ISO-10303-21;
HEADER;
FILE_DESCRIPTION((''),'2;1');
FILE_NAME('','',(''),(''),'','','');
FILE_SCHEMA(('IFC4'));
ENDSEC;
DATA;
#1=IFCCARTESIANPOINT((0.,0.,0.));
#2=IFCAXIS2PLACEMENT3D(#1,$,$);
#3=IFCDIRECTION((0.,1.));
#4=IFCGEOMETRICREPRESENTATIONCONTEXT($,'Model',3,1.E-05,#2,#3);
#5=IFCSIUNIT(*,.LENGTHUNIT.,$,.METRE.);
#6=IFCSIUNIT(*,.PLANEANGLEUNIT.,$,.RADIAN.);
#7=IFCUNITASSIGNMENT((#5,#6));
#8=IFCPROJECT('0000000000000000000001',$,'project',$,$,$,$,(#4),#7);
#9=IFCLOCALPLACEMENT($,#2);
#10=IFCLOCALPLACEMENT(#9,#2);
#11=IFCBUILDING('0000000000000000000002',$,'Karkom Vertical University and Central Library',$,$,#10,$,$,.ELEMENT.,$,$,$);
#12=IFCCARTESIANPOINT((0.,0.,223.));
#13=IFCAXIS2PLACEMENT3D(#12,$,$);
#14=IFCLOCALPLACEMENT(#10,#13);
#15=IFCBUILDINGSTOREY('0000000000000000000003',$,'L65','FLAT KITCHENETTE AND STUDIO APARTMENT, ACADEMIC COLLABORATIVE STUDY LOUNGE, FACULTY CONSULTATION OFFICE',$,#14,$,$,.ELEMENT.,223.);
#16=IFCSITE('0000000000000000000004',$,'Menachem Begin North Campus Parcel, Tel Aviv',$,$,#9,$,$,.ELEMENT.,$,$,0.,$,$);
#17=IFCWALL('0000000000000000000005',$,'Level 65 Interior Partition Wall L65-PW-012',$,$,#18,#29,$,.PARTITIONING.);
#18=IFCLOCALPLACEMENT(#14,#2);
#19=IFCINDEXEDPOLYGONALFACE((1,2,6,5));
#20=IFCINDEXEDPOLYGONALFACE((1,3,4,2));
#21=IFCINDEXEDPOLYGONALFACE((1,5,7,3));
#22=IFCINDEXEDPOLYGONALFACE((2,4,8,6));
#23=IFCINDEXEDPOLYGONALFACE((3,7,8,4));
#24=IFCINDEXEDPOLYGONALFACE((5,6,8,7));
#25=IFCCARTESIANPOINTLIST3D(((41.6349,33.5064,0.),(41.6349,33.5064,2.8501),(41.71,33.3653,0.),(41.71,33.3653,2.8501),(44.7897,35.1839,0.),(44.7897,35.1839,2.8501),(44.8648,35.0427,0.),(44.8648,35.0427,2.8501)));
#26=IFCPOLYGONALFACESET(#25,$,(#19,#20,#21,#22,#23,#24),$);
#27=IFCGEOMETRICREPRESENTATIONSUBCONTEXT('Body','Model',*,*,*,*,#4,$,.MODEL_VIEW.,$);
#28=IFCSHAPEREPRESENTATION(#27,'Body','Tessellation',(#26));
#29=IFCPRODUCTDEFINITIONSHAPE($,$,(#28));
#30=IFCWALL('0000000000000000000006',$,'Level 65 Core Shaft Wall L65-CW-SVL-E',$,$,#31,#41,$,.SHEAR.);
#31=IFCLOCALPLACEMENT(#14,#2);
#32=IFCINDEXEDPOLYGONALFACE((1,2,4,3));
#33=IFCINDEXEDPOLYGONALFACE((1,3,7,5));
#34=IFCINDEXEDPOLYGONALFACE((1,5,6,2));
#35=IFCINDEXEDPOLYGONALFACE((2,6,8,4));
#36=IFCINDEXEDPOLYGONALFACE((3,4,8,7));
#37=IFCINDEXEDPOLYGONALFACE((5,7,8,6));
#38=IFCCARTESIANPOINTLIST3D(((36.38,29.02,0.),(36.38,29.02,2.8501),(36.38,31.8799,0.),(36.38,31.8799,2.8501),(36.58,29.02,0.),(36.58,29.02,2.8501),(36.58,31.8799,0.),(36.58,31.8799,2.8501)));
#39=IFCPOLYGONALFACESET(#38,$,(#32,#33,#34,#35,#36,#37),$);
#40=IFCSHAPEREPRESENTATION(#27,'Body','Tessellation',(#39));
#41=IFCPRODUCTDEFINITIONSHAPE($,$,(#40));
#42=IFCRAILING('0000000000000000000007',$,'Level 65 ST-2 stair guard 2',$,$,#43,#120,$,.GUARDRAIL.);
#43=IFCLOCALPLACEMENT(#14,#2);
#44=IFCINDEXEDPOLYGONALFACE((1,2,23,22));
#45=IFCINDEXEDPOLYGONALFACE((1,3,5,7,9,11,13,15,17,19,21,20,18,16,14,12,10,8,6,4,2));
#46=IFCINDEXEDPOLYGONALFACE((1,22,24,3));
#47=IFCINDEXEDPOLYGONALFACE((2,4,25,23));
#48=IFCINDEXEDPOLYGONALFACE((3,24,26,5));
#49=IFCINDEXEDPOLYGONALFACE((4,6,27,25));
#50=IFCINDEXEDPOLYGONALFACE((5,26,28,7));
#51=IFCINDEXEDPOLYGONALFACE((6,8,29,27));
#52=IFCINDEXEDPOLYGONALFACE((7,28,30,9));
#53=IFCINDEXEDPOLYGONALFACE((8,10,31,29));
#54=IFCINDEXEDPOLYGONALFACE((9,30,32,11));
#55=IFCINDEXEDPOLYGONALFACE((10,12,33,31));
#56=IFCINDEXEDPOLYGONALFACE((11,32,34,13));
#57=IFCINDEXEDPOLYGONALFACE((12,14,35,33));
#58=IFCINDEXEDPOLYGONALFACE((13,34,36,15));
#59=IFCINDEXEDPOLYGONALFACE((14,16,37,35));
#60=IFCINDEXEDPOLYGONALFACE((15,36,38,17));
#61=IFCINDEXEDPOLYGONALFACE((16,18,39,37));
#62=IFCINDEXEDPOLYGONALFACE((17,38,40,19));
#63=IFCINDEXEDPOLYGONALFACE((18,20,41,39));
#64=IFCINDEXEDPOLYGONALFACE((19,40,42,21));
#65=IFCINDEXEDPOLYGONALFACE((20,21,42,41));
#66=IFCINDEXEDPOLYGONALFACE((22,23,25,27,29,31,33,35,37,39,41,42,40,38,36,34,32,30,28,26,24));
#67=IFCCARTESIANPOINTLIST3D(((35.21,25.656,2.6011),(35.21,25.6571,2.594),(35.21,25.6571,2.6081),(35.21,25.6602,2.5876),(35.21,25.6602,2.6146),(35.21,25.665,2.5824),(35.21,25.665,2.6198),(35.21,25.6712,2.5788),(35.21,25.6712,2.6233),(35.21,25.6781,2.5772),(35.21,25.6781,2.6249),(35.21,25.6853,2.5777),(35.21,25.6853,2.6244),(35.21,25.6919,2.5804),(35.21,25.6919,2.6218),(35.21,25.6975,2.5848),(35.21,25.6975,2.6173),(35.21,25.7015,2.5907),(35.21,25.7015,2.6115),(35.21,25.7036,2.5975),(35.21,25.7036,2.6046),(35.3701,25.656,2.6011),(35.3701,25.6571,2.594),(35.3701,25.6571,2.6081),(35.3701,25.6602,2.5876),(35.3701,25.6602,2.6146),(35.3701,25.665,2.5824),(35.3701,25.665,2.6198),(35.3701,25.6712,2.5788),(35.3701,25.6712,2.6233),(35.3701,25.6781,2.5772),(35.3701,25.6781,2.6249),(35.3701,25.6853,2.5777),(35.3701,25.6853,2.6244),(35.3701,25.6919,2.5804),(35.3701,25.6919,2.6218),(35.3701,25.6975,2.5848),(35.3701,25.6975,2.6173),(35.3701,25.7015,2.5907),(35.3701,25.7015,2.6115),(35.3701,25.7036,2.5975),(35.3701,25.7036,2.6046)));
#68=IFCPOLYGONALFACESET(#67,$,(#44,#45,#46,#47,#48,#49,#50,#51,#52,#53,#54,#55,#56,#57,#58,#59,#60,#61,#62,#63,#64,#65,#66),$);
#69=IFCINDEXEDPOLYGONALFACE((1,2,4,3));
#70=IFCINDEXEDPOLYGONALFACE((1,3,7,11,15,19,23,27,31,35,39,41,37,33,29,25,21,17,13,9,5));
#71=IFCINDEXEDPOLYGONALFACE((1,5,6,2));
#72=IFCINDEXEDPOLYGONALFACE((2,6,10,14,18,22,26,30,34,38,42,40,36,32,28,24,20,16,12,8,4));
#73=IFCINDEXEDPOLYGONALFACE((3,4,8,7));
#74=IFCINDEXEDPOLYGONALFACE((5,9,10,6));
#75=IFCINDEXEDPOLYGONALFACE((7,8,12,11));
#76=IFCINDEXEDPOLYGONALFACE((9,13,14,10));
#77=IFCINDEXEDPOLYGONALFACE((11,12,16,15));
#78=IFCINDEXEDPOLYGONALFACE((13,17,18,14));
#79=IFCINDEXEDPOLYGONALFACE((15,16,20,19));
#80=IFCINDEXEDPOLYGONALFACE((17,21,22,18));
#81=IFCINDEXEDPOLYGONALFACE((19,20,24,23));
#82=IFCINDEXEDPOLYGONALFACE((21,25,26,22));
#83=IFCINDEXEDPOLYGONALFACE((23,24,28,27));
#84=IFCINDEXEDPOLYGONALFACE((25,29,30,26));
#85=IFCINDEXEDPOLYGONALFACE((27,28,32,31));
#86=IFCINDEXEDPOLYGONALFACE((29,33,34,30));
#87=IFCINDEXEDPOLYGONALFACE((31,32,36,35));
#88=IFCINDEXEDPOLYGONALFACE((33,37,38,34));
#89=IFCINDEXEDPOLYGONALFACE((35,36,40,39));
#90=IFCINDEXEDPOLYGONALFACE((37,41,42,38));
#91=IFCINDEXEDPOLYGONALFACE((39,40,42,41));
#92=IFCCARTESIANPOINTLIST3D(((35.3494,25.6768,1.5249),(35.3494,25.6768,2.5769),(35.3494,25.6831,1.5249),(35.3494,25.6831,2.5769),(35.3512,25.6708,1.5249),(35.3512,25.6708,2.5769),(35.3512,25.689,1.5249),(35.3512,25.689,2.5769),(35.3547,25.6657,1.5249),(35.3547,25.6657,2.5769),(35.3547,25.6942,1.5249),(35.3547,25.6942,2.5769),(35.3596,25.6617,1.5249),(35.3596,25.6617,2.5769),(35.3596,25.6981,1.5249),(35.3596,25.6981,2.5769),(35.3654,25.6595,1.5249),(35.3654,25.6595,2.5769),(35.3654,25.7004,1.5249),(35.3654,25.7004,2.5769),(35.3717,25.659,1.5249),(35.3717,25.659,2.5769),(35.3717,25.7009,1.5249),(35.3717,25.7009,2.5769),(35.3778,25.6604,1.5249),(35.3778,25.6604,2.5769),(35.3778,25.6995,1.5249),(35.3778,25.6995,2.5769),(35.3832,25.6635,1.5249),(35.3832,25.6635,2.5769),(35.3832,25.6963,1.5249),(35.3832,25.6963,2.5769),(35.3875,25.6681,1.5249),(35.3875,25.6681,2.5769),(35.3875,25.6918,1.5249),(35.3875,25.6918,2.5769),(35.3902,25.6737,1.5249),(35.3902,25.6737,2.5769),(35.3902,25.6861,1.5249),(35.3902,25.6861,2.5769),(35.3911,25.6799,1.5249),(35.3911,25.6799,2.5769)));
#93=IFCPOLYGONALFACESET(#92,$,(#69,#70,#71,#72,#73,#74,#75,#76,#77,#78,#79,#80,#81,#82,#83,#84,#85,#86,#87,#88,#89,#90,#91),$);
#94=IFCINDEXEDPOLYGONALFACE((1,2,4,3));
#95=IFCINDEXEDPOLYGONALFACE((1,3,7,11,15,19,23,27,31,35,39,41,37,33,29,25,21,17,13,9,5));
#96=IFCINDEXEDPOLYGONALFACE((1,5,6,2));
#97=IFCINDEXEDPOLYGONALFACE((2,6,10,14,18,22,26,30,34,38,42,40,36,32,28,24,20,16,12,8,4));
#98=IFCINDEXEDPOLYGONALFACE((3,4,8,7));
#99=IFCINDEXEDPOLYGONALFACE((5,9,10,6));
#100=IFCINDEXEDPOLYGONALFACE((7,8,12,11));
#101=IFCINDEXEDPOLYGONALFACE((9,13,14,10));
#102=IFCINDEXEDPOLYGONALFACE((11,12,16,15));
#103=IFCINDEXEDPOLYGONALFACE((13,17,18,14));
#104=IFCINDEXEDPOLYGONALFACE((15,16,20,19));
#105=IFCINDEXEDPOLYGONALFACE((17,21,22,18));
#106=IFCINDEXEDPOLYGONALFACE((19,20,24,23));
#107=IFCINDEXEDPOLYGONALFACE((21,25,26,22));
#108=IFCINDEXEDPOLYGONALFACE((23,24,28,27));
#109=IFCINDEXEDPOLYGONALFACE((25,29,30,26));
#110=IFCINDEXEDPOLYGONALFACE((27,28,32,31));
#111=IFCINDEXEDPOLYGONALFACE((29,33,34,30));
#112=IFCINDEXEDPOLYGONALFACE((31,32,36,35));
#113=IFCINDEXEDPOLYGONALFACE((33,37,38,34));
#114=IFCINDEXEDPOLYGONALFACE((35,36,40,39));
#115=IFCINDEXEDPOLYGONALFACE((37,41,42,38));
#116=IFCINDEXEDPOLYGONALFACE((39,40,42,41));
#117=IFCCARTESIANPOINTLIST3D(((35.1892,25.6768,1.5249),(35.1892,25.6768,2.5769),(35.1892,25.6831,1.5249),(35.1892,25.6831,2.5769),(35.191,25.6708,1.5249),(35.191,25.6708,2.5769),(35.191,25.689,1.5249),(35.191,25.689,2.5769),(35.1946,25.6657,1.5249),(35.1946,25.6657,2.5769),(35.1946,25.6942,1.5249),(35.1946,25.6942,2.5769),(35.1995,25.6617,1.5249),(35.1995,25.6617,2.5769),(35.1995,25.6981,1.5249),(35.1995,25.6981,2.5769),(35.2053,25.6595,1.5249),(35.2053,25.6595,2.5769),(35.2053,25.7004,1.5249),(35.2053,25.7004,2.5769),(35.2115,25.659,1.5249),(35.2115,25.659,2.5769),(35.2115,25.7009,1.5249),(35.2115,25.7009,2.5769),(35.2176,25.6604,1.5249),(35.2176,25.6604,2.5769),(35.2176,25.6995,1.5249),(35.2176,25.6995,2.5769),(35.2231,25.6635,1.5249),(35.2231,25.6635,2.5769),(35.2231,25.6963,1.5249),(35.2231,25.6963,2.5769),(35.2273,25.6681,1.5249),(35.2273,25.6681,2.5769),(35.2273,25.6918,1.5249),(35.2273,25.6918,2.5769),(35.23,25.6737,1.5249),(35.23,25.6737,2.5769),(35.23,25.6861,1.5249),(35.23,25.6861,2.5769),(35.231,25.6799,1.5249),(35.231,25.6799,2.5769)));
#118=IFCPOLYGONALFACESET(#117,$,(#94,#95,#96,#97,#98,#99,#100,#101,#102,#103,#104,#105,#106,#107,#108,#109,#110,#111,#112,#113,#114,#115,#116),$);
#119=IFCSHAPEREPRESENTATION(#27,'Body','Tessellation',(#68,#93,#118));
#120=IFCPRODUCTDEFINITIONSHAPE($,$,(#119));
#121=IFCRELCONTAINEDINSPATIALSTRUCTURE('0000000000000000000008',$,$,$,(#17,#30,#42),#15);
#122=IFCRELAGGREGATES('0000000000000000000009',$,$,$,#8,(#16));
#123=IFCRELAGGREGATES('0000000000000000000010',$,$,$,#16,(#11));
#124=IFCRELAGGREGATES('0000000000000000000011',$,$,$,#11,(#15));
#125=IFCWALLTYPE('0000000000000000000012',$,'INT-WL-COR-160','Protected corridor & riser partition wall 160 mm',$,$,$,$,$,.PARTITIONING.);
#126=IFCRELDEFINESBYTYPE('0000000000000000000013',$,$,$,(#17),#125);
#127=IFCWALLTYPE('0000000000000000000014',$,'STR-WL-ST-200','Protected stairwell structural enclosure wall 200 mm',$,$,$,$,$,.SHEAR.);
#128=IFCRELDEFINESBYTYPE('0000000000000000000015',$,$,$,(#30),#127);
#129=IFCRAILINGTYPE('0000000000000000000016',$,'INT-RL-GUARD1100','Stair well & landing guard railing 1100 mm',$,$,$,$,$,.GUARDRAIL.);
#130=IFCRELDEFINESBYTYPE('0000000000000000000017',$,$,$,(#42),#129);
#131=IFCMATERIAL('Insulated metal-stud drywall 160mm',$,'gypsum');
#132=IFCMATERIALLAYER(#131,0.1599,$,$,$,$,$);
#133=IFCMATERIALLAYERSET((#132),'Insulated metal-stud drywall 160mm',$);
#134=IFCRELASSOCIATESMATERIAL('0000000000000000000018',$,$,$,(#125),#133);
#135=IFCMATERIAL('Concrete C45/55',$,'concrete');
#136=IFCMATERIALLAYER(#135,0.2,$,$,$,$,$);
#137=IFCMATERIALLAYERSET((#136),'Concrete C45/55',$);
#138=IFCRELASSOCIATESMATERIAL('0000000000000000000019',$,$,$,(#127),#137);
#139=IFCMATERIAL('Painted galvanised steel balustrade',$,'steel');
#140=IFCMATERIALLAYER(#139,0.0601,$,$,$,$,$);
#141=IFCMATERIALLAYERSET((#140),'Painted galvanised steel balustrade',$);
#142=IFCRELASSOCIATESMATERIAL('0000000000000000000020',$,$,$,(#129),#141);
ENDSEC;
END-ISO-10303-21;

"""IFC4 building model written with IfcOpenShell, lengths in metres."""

from ifc_helpers import new_model, si_unit, direction, frame, frame_2d, origin, origin_2d, place, context, subcontext, project, spatial, rectangle, circle, extrude, material, layer, layer_set, type_object, element, save


model = new_model("IFC4")

# Units and contexts
model_context = context("Model", 3, precision=1e-05, world=origin(), true_north=direction((0.0, 1.0)))
body_context = subcontext(model_context, "Body", "Model", "MODEL_VIEW")
ifc_project = project(units=[si_unit("LENGTHUNIT", "METRE"), si_unit("PLANEANGLEUNIT", "RADIAN")], contexts=[model_context])

# Site, building, storey
site_placement = place(None, origin())
site = spatial("IfcSite", under=ifc_project, at=site_placement, Name="Menachem Begin North Campus Parcel, Tel Aviv", CompositionType="ELEMENT", RefElevation=0.0)
building_placement = place(site_placement, origin())
building = spatial("IfcBuilding", under=site, at=building_placement, Name="Karkom Vertical University and Central Library", CompositionType="ELEMENT")
storey_placement = place(building_placement, frame((0.0, 0.0, 223.0)))
storey = spatial("IfcBuildingStorey", under=building, at=storey_placement, Name="L65", Description="FLAT KITCHENETTE AND STUDIO APARTMENT, ACADEMIC COLLABORATIVE STUDY LOUNGE, FACULTY CONSULTATION OFFICE", CompositionType="ELEMENT", Elevation=223.0)

# Shared definitions
ifc_material_1 = material(Name="Concrete C45/55", Category="concrete")

# Shared definitions
ifc_material_2 = material(Name="Insulated metal-stud drywall 160mm", Category="gypsum")
ifc_layer_1 = layer(ifc_material_2, 0.1599)
ifc_layer_set_1 = layer_set([ifc_layer_1], Name="Insulated metal-stud drywall 160mm")
wall_type_1 = type_object("IfcWallType", Name="INT-WL-COR-160", Description="Protected corridor & riser partition wall 160 mm", PredefinedType="PARTITIONING", material=ifc_layer_set_1)

# Wall
wall_1_placement = place(storey_placement, frame((41.6724, 33.4358, 0.0), z_axis=(0.0, 0.0, 1.0), x_axis=(0.88294, 0.469485, 0.0)))
element("IfcWall", 1, at=wall_1_placement, inside=storey, type_object=wall_type_1, Name="Level 65 Interior Partition Wall L65-PW-012", PredefinedType="PARTITIONING", context=body_context, shape_type="SweptSolid", body=[
    extrude(rectangle(XDim=3.573, YDim=0.1599, at=frame_2d((1.7866, 0.0))), origin(), (0.0, 0.0, 1.0), 2.8501),
])

# Wall
ifc_layer_2 = layer(ifc_material_1, 0.2)
ifc_layer_set_2 = layer_set([ifc_layer_2], Name="Concrete C45/55")
wall_type_2 = type_object("IfcWallType", Name="STR-WL-ST-200", Description="Protected stairwell structural enclosure wall 200 mm", PredefinedType="SHEAR", material=ifc_layer_set_2)
wall_2_placement = place(storey_placement, frame((36.48, 29.02, 0.0), z_axis=(0.0, 0.0, 1.0), x_axis=(0.0, 1.0, 0.0)))
element("IfcWall", 2, at=wall_2_placement, inside=storey, type_object=wall_type_2, Name="Level 65 Core Shaft Wall L65-CW-SVL-E", PredefinedType="SHEAR", context=body_context, shape_type="SweptSolid", body=[
    extrude(rectangle(XDim=2.8599, YDim=0.2, at=frame_2d((1.4299, 0.0))), origin(), (0.0, 0.0, 1.0), 2.8501),
])

# Railing
ifc_material_3 = material(Name="Painted galvanised steel balustrade", Category="steel")
ifc_layer_3 = layer(ifc_material_3, 0.0601)
ifc_layer_set_3 = layer_set([ifc_layer_3], Name="Painted galvanised steel balustrade")
railing_type = type_object("IfcRailingType", Name="INT-RL-GUARD1100", Description="Stair well & landing guard railing 1100 mm", PredefinedType="GUARDRAIL", material=ifc_layer_set_3)
railing_1_placement = place(storey_placement, frame((35.3701, 25.6799, 1.5249)))
element("IfcRailing", 3, at=railing_1_placement, inside=storey, type_object=railing_type, Name="Level 65 ST-2 stair guard 2", PredefinedType="GUARDRAIL", context=body_context, shape_type="SweptSolid", body=[
    extrude(circle(Radius=0.0239, at=origin_2d()), frame((0.0, 0.0, 1.0762), z_axis=(-1.0, 0.0, 0.0), x_axis=(0.0, -1.0, 0.0)), (0.0, 0.0, 1.0), 0.1602),
    extrude(circle(Radius=0.021, at=origin_2d()), origin(), (0.0, 0.0, 1.0), 1.052),
    extrude(circle(Radius=0.021, at=origin_2d()), frame((-0.1602, 0.0, 0.0)), (0.0, 0.0, 1.0), 1.052),
])

save(model, "model.ifc")
